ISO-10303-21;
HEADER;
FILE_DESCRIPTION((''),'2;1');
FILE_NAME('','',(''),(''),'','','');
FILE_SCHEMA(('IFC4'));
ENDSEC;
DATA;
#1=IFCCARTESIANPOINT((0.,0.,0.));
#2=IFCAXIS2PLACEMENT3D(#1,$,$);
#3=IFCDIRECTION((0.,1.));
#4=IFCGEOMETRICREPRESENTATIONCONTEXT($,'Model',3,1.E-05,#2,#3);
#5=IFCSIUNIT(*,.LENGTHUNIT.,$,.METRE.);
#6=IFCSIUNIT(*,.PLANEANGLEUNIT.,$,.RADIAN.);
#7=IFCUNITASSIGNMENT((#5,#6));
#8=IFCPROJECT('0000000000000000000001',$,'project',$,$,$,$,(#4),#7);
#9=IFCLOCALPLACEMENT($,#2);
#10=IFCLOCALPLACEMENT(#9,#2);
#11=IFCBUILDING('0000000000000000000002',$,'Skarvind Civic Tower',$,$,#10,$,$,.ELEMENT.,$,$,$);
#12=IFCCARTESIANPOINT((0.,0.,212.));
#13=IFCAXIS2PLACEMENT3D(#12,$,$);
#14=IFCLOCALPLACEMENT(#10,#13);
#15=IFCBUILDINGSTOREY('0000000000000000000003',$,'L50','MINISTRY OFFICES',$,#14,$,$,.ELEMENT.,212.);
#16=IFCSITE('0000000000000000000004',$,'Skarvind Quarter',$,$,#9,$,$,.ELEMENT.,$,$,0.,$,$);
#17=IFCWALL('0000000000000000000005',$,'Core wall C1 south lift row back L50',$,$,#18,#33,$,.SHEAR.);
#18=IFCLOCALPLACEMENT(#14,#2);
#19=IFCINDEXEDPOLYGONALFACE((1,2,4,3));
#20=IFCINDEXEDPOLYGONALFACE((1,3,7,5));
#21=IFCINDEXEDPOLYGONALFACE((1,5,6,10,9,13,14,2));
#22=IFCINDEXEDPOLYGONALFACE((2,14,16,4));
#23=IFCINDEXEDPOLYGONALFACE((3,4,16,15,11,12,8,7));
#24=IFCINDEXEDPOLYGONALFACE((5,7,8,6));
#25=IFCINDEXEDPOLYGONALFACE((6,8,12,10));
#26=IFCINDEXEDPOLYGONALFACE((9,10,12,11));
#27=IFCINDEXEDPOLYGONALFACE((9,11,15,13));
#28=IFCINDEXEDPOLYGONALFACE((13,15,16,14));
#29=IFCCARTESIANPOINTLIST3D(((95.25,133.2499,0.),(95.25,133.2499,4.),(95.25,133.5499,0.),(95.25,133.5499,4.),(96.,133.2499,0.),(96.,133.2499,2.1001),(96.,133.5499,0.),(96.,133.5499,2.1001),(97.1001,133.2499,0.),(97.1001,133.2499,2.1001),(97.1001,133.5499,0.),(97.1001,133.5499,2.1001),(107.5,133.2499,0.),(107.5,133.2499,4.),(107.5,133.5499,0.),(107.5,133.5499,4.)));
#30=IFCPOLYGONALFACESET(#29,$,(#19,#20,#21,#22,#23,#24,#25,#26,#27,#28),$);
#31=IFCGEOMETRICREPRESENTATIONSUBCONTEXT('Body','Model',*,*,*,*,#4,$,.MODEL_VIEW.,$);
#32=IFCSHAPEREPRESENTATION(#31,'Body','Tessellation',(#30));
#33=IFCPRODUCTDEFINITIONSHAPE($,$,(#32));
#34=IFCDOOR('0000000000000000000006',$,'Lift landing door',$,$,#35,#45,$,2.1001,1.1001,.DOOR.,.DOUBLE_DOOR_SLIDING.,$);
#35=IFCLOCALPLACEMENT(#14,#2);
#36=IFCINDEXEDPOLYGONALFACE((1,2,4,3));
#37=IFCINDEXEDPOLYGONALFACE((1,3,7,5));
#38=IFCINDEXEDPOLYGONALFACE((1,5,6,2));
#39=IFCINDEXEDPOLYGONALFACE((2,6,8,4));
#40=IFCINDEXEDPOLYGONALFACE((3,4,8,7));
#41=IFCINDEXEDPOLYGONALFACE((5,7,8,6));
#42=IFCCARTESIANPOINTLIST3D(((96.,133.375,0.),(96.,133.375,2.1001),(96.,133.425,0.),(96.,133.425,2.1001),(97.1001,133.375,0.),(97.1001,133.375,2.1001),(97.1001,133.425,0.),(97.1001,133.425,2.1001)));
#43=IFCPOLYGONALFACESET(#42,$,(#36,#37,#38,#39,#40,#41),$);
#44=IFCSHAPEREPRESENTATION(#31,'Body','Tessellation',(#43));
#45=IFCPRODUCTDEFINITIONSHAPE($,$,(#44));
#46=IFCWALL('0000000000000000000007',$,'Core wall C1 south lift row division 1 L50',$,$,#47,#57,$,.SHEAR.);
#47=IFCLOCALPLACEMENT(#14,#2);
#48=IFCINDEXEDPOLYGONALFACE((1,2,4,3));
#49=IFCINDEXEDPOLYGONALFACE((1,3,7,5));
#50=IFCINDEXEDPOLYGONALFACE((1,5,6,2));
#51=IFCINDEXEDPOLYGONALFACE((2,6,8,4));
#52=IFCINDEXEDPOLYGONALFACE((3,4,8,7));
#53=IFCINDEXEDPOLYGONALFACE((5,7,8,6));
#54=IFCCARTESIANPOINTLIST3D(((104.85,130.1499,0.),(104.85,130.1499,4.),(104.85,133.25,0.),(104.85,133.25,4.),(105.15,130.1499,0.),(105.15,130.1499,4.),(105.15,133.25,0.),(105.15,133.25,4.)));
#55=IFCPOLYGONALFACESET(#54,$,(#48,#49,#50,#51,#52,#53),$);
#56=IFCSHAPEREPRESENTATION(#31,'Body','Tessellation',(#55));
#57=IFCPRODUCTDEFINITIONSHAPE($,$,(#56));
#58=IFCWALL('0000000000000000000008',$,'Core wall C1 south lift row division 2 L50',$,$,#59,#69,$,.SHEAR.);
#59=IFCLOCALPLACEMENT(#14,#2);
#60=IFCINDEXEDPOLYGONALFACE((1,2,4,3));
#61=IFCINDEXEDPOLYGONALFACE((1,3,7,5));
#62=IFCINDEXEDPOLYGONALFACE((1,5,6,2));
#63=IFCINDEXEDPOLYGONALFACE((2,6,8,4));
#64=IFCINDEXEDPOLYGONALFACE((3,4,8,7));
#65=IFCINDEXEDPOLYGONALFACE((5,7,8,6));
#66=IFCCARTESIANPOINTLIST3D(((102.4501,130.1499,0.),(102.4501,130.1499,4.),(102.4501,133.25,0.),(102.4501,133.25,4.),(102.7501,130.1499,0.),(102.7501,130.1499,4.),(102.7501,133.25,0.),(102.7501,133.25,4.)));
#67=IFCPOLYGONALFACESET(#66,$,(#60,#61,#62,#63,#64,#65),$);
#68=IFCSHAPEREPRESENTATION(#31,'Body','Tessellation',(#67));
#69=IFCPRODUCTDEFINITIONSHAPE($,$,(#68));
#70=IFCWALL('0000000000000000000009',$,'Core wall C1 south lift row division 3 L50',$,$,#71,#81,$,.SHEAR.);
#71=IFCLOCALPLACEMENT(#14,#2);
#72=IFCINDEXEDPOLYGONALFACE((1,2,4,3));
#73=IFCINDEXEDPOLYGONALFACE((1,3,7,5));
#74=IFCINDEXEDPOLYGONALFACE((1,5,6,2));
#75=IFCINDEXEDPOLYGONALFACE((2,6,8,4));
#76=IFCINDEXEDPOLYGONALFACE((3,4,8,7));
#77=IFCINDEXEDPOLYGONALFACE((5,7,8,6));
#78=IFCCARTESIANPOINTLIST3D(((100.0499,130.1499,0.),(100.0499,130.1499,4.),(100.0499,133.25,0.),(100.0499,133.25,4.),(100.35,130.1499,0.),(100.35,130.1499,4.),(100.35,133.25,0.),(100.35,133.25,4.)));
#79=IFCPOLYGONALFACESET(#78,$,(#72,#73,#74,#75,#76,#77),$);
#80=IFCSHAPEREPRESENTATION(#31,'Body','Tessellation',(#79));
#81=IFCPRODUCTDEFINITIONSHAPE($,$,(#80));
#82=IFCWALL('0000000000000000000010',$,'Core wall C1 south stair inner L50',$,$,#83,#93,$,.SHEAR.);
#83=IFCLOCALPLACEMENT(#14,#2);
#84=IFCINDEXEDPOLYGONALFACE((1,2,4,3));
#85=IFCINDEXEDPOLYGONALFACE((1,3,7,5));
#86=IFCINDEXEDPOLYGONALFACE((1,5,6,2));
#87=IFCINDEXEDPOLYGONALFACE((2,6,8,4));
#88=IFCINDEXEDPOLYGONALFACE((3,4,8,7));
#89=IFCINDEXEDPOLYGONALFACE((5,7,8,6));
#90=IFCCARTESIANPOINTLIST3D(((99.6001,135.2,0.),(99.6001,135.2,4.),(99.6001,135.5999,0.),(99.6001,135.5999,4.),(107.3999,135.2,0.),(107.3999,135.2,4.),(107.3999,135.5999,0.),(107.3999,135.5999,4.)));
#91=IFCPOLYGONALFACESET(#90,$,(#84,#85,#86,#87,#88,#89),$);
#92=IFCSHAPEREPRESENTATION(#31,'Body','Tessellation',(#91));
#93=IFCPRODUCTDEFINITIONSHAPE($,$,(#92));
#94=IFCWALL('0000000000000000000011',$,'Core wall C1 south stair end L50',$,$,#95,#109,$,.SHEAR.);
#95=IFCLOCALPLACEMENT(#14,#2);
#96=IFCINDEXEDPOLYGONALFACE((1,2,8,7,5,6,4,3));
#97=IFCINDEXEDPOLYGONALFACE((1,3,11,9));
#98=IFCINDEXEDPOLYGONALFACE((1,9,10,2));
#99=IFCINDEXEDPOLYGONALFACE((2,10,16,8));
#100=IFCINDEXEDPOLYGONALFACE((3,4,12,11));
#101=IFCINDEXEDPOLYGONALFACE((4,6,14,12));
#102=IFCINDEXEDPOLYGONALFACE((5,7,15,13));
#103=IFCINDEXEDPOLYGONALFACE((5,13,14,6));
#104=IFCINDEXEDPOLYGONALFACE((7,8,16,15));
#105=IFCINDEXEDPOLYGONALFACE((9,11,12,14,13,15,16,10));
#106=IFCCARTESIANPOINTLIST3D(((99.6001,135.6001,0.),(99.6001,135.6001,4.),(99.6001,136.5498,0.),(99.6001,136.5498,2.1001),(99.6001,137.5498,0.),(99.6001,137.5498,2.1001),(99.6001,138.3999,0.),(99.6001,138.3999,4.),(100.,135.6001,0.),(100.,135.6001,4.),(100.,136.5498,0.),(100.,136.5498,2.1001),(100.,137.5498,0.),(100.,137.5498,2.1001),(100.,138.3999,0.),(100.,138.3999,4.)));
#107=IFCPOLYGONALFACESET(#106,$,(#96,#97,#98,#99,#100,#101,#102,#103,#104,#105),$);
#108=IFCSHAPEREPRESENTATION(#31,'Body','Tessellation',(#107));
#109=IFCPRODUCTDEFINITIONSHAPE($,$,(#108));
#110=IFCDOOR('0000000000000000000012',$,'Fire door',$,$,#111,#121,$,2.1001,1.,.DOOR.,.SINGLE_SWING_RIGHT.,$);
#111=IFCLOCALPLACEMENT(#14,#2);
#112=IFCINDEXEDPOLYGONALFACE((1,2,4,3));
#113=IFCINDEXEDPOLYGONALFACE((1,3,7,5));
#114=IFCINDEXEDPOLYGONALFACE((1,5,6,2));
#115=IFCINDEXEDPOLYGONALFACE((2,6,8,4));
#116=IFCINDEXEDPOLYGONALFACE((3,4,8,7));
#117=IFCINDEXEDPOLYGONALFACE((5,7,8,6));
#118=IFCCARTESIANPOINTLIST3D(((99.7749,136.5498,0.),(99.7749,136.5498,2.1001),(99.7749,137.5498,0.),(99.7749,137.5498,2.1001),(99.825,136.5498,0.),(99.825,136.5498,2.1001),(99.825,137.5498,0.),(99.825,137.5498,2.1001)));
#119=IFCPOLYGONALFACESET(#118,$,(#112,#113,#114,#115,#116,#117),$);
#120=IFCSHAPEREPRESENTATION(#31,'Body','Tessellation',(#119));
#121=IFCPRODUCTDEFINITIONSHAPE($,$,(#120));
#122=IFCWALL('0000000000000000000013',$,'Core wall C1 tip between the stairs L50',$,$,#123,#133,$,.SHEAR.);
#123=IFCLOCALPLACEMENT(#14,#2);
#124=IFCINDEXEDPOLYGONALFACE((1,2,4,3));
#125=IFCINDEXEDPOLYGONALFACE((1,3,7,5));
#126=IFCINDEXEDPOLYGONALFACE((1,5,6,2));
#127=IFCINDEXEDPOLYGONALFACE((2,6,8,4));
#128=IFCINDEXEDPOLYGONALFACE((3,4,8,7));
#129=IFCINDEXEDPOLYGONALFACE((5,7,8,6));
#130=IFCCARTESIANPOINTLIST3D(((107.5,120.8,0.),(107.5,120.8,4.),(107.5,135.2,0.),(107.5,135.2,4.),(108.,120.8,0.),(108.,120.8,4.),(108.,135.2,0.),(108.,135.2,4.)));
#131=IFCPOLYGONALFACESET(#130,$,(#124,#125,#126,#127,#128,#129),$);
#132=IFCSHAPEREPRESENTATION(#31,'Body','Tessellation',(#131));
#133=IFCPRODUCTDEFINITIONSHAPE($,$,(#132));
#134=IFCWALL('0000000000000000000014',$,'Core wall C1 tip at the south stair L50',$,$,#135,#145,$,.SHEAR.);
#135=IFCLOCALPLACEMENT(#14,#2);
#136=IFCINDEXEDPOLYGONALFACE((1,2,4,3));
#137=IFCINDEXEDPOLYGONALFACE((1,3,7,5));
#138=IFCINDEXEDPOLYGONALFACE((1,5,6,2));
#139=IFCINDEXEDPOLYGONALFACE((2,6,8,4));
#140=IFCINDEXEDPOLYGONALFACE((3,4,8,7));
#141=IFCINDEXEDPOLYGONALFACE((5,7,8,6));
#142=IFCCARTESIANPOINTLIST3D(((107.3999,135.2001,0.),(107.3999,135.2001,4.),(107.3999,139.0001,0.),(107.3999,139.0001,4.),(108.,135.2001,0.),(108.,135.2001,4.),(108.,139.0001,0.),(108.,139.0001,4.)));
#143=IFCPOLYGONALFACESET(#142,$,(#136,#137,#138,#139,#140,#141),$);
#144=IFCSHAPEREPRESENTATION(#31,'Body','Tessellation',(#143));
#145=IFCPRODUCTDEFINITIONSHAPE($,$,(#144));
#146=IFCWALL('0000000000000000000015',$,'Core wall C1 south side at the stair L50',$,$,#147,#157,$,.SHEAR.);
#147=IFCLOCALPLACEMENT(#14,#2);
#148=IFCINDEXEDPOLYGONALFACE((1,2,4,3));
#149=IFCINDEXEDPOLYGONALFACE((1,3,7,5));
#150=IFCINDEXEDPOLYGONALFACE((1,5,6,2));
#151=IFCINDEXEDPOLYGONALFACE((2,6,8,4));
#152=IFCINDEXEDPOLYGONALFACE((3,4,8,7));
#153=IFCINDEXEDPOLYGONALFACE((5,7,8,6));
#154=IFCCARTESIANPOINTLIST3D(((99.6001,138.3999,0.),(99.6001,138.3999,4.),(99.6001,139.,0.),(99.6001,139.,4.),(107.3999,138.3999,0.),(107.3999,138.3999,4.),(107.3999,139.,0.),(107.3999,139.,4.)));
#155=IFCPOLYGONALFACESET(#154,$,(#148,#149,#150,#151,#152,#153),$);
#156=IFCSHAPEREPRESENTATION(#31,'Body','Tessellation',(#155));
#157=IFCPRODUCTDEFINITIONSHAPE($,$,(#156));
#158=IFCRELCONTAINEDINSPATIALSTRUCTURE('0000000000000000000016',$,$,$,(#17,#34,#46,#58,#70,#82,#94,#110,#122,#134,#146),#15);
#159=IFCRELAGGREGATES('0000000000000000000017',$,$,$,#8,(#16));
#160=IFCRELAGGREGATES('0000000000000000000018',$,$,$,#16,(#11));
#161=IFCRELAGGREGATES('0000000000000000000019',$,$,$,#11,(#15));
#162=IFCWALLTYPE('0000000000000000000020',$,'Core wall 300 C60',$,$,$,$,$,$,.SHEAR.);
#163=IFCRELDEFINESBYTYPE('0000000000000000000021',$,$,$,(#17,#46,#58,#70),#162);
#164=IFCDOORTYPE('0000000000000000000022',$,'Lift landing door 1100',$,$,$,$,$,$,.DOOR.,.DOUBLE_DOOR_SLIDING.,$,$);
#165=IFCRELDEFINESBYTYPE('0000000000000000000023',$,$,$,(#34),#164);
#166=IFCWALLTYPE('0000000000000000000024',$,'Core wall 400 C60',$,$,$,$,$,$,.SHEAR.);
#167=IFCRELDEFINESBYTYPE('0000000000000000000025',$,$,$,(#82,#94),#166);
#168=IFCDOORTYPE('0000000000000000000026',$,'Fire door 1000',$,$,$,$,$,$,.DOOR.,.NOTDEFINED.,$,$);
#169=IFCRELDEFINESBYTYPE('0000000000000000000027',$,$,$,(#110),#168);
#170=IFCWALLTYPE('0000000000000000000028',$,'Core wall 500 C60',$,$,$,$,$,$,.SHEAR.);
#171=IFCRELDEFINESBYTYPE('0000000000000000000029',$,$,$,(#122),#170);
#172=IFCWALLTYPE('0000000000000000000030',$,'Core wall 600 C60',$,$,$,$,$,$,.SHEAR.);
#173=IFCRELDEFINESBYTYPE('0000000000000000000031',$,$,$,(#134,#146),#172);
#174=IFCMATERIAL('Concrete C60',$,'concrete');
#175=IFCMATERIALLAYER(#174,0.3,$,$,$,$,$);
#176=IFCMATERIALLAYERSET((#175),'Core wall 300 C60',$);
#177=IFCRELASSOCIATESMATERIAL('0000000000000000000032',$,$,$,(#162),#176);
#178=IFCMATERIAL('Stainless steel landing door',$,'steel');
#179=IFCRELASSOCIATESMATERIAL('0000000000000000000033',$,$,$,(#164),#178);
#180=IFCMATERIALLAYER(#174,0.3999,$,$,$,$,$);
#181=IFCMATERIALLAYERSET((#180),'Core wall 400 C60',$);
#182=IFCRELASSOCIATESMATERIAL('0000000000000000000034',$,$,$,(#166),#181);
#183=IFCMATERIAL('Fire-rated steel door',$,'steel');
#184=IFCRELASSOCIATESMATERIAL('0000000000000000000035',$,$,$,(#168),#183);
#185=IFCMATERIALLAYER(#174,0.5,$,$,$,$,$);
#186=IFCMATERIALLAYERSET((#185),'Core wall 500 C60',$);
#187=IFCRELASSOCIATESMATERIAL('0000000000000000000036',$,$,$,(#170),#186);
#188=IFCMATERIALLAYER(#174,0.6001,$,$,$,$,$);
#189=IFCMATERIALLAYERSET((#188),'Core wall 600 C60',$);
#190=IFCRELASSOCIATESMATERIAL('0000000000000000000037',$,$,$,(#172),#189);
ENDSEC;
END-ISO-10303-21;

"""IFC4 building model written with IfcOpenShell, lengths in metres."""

from ifc_helpers import new_model, si_unit, direction, frame, frame_2d, origin, place, context, subcontext, project, spatial, rectangle, extrude, material, layer, layer_set, type_object, element, fill, save


model = new_model("IFC4")

# Units and contexts
model_context = context("Model", 3, precision=1e-05, world=origin(), true_north=direction((0.0, 1.0)))
body_context = subcontext(model_context, "Body", "Model", "MODEL_VIEW")
ifc_project = project(units=[si_unit("LENGTHUNIT", "METRE"), si_unit("PLANEANGLEUNIT", "RADIAN")], contexts=[model_context])

# Site, building, storey
site_placement = place(None, origin())
site = spatial("IfcSite", under=ifc_project, at=site_placement, Name="Skarvind Quarter", CompositionType="ELEMENT", RefElevation=0.0)
building_placement = place(site_placement, origin())
building = spatial("IfcBuilding", under=site, at=building_placement, Name="Skarvind Civic Tower", CompositionType="ELEMENT")
storey_placement = place(building_placement, frame((0.0, 0.0, 212.0)))
storey = spatial("IfcBuildingStorey", under=building, at=storey_placement, Name="L50", Description="MINISTRY OFFICES", CompositionType="ELEMENT", Elevation=212.0)

# Wall, opening, door
ifc_material_1 = material(Name="Concrete C60", Category="concrete")
ifc_layer_1 = layer(ifc_material_1, 0.3)
ifc_layer_set_1 = layer_set([ifc_layer_1], Name="Core wall 300 C60")
wall_type_1 = type_object("IfcWallType", Name="Core wall 300 C60", PredefinedType="SHEAR", material=ifc_layer_set_1)
wall_1_placement = place(storey_placement, frame((107.5, 133.3999, 0.0), z_axis=(0.0, 0.0, 1.0), x_axis=(-1.0, 0.0, 0.0)))
wall_1 = element("IfcWall", 1, at=wall_1_placement, inside=storey, type_object=wall_type_1, Name="Core wall C1 south lift row back L50", PredefinedType="SHEAR", context=body_context, shape_type="SweptSolid", body=[
    extrude(rectangle(XDim=12.25, YDim=0.3, at=frame_2d((6.125, 0.0))), origin(), (0.0, 0.0, 1.0), 4.0),
])
opening_1_placement = place(wall_1_placement, frame((10.3999, 0.0, 0.0)))
opening_1 = element("IfcOpeningElement", 2, at=opening_1_placement, cuts=wall_1, PredefinedType="OPENING", context=body_context, shape_type="SweptSolid", body=[
    extrude(rectangle(XDim=1.1001, YDim=2.1001, at=frame_2d((0.55, 1.05))), frame((0.0, 0.1599, 0.0), z_axis=(0.0, -1.0, 0.0), x_axis=(1.0, 0.0, 0.0)), (0.0, 0.0, 1.0), 0.3201),
])
ifc_material_2 = material(Name="Stainless steel landing door", Category="steel")
door_type_1 = type_object("IfcDoorType", Name="Lift landing door 1100", OperationType="DOUBLE_DOOR_SLIDING", PredefinedType="DOOR", material=ifc_material_2)
door_1_placement = place(opening_1_placement, origin())
door_1 = element("IfcDoor", 3, at=door_1_placement, inside=storey, type_object=door_type_1, Name="Lift landing door", OperationType="DOUBLE_DOOR_SLIDING", OverallHeight=2.1001, OverallWidth=1.1001, PredefinedType="DOOR", context=body_context, shape_type="SweptSolid", body=[
    extrude(rectangle(XDim=1.1001, YDim=2.1001, at=frame_2d((0.55, 1.05))), frame((0.0, 0.0249, 0.0), z_axis=(0.0, -1.0, 0.0), x_axis=(1.0, 0.0, 0.0)), (0.0, 0.0, 1.0), 0.05),
])
fill(opening_1, door_1)

# Walls
for number, where, z_axis, x_axis, name in (
    (4, (105.0, 133.25, 0.0), (0.0, 0.0, 1.0), (0.0, -1.0, 0.0), "Core wall C1 south lift row division 1 L50"),
    (5, (102.6001, 133.25, 0.0), (0.0, 0.0, 1.0), (0.0, -1.0, 0.0), "Core wall C1 south lift row division 2 L50"),
    (6, (100.2, 133.25, 0.0), (0.0, 0.0, 1.0), (0.0, -1.0, 0.0), "Core wall C1 south lift row division 3 L50"),
):
    element("IfcWall", number, at=place(storey_placement, frame(where, z_axis=z_axis, x_axis=x_axis)), inside=storey, type_object=wall_type_1, Name=name, PredefinedType="SHEAR", context=body_context, shape_type="SweptSolid", body=[
        extrude(rectangle(XDim=3.1001, YDim=0.3, at=frame_2d((1.55, 0.0))), origin(), (0.0, 0.0, 1.0), 4.0),
    ])
ifc_layer_2 = layer(ifc_material_1, 0.3999)
ifc_layer_set_2 = layer_set([ifc_layer_2], Name="Core wall 400 C60")
wall_type_2 = type_object("IfcWallType", Name="Core wall 400 C60", PredefinedType="SHEAR", material=ifc_layer_set_2)
wall_2_placement = place(storey_placement, frame((107.3999, 135.3999, 0.0), z_axis=(0.0, 0.0, 1.0), x_axis=(-1.0, 0.0, 0.0)))
element("IfcWall", 7, at=wall_2_placement, inside=storey, type_object=wall_type_2, Name="Core wall C1 south stair inner L50", PredefinedType="SHEAR", context=body_context, shape_type="SweptSolid", body=[
    extrude(rectangle(XDim=7.7998, YDim=0.3999, at=frame_2d((3.8999, 0.0))), origin(), (0.0, 0.0, 1.0), 4.0),
])

# Wall, opening, door
wall_3_placement = place(storey_placement, frame((99.8, 138.3999, 0.0), z_axis=(0.0, 0.0, 1.0), x_axis=(0.0, -1.0, 0.0)))
wall_3 = element("IfcWall", 8, at=wall_3_placement, inside=storey, type_object=wall_type_2, Name="Core wall C1 south stair end L50", PredefinedType="SHEAR", context=body_context, shape_type="SweptSolid", body=[
    extrude(rectangle(XDim=2.7998, YDim=0.3999, at=frame_2d((1.3999, 0.0))), origin(), (0.0, 0.0, 1.0), 4.0),
])
opening_2_placement = place(wall_3_placement, frame((0.8501, 0.0, 0.0)))
opening_2 = element("IfcOpeningElement", 9, at=opening_2_placement, cuts=wall_3, PredefinedType="OPENING", context=body_context, shape_type="SweptSolid", body=[
    extrude(rectangle(XDim=1.0, YDim=2.1001, at=frame_2d((0.5, 1.05))), frame((0.0, 0.21, 0.0), z_axis=(0.0, -1.0, 0.0), x_axis=(1.0, 0.0, 0.0)), (0.0, 0.0, 1.0), 0.4199),
])
ifc_material_3 = material(Name="Fire-rated steel door", Category="steel")
door_type_2 = type_object("IfcDoorType", Name="Fire door 1000", OperationType="NOTDEFINED", PredefinedType="DOOR", material=ifc_material_3)
door_2_placement = place(opening_2_placement, origin())
door_2 = element("IfcDoor", 10, at=door_2_placement, inside=storey, type_object=door_type_2, Name="Fire door", OperationType="SINGLE_SWING_RIGHT", OverallHeight=2.1001, OverallWidth=1.0, PredefinedType="DOOR", context=body_context, shape_type="SweptSolid", body=[
    extrude(rectangle(XDim=1.0, YDim=2.1001, at=frame_2d((0.5, 1.05))), frame((0.0, 0.0249, 0.0), z_axis=(0.0, -1.0, 0.0), x_axis=(1.0, 0.0, 0.0)), (0.0, 0.0, 1.0), 0.05),
])
fill(opening_2, door_2)

# Walls
ifc_layer_3 = layer(ifc_material_1, 0.5)
ifc_layer_set_3 = layer_set([ifc_layer_3], Name="Core wall 500 C60")
wall_type_3 = type_object("IfcWallType", Name="Core wall 500 C60", PredefinedType="SHEAR", material=ifc_layer_set_3)
wall_4_placement = place(storey_placement, frame((107.75, 135.2, 0.0), z_axis=(0.0, 0.0, 1.0), x_axis=(0.0, -1.0, 0.0)))
element("IfcWall", 11, at=wall_4_placement, inside=storey, type_object=wall_type_3, Name="Core wall C1 tip between the stairs L50", PredefinedType="SHEAR", context=body_context, shape_type="SweptSolid", body=[
    extrude(rectangle(XDim=14.3999, YDim=0.5, at=frame_2d((7.2, 0.0))), origin(), (0.0, 0.0, 1.0), 4.0),
])
ifc_layer_4 = layer(ifc_material_1, 0.6001)
ifc_layer_set_4 = layer_set([ifc_layer_4], Name="Core wall 600 C60")
wall_type_4 = type_object("IfcWallType", Name="Core wall 600 C60", PredefinedType="SHEAR", material=ifc_layer_set_4)
wall_5_placement = place(storey_placement, frame((107.7, 139.0, 0.0), z_axis=(0.0, 0.0, 1.0), x_axis=(0.0, -1.0, 0.0)))
element("IfcWall", 12, at=wall_5_placement, inside=storey, type_object=wall_type_4, Name="Core wall C1 tip at the south stair L50", PredefinedType="SHEAR", context=body_context, shape_type="SweptSolid", body=[
    extrude(rectangle(XDim=3.8, YDim=0.6001, at=frame_2d((1.8999, 0.0))), origin(), (0.0, 0.0, 1.0), 4.0),
])
wall_6_placement = place(storey_placement, frame((107.3999, 138.7, 0.0), z_axis=(0.0, 0.0, 1.0), x_axis=(-1.0, 0.0, 0.0)))
element("IfcWall", 13, at=wall_6_placement, inside=storey, type_object=wall_type_4, Name="Core wall C1 south side at the stair L50", PredefinedType="SHEAR", context=body_context, shape_type="SweptSolid", body=[
    extrude(rectangle(XDim=7.7998, YDim=0.6001, at=frame_2d((3.8999, 0.0))), origin(), (0.0, 0.0, 1.0), 4.0),
])

save(model, "model.ifc")
